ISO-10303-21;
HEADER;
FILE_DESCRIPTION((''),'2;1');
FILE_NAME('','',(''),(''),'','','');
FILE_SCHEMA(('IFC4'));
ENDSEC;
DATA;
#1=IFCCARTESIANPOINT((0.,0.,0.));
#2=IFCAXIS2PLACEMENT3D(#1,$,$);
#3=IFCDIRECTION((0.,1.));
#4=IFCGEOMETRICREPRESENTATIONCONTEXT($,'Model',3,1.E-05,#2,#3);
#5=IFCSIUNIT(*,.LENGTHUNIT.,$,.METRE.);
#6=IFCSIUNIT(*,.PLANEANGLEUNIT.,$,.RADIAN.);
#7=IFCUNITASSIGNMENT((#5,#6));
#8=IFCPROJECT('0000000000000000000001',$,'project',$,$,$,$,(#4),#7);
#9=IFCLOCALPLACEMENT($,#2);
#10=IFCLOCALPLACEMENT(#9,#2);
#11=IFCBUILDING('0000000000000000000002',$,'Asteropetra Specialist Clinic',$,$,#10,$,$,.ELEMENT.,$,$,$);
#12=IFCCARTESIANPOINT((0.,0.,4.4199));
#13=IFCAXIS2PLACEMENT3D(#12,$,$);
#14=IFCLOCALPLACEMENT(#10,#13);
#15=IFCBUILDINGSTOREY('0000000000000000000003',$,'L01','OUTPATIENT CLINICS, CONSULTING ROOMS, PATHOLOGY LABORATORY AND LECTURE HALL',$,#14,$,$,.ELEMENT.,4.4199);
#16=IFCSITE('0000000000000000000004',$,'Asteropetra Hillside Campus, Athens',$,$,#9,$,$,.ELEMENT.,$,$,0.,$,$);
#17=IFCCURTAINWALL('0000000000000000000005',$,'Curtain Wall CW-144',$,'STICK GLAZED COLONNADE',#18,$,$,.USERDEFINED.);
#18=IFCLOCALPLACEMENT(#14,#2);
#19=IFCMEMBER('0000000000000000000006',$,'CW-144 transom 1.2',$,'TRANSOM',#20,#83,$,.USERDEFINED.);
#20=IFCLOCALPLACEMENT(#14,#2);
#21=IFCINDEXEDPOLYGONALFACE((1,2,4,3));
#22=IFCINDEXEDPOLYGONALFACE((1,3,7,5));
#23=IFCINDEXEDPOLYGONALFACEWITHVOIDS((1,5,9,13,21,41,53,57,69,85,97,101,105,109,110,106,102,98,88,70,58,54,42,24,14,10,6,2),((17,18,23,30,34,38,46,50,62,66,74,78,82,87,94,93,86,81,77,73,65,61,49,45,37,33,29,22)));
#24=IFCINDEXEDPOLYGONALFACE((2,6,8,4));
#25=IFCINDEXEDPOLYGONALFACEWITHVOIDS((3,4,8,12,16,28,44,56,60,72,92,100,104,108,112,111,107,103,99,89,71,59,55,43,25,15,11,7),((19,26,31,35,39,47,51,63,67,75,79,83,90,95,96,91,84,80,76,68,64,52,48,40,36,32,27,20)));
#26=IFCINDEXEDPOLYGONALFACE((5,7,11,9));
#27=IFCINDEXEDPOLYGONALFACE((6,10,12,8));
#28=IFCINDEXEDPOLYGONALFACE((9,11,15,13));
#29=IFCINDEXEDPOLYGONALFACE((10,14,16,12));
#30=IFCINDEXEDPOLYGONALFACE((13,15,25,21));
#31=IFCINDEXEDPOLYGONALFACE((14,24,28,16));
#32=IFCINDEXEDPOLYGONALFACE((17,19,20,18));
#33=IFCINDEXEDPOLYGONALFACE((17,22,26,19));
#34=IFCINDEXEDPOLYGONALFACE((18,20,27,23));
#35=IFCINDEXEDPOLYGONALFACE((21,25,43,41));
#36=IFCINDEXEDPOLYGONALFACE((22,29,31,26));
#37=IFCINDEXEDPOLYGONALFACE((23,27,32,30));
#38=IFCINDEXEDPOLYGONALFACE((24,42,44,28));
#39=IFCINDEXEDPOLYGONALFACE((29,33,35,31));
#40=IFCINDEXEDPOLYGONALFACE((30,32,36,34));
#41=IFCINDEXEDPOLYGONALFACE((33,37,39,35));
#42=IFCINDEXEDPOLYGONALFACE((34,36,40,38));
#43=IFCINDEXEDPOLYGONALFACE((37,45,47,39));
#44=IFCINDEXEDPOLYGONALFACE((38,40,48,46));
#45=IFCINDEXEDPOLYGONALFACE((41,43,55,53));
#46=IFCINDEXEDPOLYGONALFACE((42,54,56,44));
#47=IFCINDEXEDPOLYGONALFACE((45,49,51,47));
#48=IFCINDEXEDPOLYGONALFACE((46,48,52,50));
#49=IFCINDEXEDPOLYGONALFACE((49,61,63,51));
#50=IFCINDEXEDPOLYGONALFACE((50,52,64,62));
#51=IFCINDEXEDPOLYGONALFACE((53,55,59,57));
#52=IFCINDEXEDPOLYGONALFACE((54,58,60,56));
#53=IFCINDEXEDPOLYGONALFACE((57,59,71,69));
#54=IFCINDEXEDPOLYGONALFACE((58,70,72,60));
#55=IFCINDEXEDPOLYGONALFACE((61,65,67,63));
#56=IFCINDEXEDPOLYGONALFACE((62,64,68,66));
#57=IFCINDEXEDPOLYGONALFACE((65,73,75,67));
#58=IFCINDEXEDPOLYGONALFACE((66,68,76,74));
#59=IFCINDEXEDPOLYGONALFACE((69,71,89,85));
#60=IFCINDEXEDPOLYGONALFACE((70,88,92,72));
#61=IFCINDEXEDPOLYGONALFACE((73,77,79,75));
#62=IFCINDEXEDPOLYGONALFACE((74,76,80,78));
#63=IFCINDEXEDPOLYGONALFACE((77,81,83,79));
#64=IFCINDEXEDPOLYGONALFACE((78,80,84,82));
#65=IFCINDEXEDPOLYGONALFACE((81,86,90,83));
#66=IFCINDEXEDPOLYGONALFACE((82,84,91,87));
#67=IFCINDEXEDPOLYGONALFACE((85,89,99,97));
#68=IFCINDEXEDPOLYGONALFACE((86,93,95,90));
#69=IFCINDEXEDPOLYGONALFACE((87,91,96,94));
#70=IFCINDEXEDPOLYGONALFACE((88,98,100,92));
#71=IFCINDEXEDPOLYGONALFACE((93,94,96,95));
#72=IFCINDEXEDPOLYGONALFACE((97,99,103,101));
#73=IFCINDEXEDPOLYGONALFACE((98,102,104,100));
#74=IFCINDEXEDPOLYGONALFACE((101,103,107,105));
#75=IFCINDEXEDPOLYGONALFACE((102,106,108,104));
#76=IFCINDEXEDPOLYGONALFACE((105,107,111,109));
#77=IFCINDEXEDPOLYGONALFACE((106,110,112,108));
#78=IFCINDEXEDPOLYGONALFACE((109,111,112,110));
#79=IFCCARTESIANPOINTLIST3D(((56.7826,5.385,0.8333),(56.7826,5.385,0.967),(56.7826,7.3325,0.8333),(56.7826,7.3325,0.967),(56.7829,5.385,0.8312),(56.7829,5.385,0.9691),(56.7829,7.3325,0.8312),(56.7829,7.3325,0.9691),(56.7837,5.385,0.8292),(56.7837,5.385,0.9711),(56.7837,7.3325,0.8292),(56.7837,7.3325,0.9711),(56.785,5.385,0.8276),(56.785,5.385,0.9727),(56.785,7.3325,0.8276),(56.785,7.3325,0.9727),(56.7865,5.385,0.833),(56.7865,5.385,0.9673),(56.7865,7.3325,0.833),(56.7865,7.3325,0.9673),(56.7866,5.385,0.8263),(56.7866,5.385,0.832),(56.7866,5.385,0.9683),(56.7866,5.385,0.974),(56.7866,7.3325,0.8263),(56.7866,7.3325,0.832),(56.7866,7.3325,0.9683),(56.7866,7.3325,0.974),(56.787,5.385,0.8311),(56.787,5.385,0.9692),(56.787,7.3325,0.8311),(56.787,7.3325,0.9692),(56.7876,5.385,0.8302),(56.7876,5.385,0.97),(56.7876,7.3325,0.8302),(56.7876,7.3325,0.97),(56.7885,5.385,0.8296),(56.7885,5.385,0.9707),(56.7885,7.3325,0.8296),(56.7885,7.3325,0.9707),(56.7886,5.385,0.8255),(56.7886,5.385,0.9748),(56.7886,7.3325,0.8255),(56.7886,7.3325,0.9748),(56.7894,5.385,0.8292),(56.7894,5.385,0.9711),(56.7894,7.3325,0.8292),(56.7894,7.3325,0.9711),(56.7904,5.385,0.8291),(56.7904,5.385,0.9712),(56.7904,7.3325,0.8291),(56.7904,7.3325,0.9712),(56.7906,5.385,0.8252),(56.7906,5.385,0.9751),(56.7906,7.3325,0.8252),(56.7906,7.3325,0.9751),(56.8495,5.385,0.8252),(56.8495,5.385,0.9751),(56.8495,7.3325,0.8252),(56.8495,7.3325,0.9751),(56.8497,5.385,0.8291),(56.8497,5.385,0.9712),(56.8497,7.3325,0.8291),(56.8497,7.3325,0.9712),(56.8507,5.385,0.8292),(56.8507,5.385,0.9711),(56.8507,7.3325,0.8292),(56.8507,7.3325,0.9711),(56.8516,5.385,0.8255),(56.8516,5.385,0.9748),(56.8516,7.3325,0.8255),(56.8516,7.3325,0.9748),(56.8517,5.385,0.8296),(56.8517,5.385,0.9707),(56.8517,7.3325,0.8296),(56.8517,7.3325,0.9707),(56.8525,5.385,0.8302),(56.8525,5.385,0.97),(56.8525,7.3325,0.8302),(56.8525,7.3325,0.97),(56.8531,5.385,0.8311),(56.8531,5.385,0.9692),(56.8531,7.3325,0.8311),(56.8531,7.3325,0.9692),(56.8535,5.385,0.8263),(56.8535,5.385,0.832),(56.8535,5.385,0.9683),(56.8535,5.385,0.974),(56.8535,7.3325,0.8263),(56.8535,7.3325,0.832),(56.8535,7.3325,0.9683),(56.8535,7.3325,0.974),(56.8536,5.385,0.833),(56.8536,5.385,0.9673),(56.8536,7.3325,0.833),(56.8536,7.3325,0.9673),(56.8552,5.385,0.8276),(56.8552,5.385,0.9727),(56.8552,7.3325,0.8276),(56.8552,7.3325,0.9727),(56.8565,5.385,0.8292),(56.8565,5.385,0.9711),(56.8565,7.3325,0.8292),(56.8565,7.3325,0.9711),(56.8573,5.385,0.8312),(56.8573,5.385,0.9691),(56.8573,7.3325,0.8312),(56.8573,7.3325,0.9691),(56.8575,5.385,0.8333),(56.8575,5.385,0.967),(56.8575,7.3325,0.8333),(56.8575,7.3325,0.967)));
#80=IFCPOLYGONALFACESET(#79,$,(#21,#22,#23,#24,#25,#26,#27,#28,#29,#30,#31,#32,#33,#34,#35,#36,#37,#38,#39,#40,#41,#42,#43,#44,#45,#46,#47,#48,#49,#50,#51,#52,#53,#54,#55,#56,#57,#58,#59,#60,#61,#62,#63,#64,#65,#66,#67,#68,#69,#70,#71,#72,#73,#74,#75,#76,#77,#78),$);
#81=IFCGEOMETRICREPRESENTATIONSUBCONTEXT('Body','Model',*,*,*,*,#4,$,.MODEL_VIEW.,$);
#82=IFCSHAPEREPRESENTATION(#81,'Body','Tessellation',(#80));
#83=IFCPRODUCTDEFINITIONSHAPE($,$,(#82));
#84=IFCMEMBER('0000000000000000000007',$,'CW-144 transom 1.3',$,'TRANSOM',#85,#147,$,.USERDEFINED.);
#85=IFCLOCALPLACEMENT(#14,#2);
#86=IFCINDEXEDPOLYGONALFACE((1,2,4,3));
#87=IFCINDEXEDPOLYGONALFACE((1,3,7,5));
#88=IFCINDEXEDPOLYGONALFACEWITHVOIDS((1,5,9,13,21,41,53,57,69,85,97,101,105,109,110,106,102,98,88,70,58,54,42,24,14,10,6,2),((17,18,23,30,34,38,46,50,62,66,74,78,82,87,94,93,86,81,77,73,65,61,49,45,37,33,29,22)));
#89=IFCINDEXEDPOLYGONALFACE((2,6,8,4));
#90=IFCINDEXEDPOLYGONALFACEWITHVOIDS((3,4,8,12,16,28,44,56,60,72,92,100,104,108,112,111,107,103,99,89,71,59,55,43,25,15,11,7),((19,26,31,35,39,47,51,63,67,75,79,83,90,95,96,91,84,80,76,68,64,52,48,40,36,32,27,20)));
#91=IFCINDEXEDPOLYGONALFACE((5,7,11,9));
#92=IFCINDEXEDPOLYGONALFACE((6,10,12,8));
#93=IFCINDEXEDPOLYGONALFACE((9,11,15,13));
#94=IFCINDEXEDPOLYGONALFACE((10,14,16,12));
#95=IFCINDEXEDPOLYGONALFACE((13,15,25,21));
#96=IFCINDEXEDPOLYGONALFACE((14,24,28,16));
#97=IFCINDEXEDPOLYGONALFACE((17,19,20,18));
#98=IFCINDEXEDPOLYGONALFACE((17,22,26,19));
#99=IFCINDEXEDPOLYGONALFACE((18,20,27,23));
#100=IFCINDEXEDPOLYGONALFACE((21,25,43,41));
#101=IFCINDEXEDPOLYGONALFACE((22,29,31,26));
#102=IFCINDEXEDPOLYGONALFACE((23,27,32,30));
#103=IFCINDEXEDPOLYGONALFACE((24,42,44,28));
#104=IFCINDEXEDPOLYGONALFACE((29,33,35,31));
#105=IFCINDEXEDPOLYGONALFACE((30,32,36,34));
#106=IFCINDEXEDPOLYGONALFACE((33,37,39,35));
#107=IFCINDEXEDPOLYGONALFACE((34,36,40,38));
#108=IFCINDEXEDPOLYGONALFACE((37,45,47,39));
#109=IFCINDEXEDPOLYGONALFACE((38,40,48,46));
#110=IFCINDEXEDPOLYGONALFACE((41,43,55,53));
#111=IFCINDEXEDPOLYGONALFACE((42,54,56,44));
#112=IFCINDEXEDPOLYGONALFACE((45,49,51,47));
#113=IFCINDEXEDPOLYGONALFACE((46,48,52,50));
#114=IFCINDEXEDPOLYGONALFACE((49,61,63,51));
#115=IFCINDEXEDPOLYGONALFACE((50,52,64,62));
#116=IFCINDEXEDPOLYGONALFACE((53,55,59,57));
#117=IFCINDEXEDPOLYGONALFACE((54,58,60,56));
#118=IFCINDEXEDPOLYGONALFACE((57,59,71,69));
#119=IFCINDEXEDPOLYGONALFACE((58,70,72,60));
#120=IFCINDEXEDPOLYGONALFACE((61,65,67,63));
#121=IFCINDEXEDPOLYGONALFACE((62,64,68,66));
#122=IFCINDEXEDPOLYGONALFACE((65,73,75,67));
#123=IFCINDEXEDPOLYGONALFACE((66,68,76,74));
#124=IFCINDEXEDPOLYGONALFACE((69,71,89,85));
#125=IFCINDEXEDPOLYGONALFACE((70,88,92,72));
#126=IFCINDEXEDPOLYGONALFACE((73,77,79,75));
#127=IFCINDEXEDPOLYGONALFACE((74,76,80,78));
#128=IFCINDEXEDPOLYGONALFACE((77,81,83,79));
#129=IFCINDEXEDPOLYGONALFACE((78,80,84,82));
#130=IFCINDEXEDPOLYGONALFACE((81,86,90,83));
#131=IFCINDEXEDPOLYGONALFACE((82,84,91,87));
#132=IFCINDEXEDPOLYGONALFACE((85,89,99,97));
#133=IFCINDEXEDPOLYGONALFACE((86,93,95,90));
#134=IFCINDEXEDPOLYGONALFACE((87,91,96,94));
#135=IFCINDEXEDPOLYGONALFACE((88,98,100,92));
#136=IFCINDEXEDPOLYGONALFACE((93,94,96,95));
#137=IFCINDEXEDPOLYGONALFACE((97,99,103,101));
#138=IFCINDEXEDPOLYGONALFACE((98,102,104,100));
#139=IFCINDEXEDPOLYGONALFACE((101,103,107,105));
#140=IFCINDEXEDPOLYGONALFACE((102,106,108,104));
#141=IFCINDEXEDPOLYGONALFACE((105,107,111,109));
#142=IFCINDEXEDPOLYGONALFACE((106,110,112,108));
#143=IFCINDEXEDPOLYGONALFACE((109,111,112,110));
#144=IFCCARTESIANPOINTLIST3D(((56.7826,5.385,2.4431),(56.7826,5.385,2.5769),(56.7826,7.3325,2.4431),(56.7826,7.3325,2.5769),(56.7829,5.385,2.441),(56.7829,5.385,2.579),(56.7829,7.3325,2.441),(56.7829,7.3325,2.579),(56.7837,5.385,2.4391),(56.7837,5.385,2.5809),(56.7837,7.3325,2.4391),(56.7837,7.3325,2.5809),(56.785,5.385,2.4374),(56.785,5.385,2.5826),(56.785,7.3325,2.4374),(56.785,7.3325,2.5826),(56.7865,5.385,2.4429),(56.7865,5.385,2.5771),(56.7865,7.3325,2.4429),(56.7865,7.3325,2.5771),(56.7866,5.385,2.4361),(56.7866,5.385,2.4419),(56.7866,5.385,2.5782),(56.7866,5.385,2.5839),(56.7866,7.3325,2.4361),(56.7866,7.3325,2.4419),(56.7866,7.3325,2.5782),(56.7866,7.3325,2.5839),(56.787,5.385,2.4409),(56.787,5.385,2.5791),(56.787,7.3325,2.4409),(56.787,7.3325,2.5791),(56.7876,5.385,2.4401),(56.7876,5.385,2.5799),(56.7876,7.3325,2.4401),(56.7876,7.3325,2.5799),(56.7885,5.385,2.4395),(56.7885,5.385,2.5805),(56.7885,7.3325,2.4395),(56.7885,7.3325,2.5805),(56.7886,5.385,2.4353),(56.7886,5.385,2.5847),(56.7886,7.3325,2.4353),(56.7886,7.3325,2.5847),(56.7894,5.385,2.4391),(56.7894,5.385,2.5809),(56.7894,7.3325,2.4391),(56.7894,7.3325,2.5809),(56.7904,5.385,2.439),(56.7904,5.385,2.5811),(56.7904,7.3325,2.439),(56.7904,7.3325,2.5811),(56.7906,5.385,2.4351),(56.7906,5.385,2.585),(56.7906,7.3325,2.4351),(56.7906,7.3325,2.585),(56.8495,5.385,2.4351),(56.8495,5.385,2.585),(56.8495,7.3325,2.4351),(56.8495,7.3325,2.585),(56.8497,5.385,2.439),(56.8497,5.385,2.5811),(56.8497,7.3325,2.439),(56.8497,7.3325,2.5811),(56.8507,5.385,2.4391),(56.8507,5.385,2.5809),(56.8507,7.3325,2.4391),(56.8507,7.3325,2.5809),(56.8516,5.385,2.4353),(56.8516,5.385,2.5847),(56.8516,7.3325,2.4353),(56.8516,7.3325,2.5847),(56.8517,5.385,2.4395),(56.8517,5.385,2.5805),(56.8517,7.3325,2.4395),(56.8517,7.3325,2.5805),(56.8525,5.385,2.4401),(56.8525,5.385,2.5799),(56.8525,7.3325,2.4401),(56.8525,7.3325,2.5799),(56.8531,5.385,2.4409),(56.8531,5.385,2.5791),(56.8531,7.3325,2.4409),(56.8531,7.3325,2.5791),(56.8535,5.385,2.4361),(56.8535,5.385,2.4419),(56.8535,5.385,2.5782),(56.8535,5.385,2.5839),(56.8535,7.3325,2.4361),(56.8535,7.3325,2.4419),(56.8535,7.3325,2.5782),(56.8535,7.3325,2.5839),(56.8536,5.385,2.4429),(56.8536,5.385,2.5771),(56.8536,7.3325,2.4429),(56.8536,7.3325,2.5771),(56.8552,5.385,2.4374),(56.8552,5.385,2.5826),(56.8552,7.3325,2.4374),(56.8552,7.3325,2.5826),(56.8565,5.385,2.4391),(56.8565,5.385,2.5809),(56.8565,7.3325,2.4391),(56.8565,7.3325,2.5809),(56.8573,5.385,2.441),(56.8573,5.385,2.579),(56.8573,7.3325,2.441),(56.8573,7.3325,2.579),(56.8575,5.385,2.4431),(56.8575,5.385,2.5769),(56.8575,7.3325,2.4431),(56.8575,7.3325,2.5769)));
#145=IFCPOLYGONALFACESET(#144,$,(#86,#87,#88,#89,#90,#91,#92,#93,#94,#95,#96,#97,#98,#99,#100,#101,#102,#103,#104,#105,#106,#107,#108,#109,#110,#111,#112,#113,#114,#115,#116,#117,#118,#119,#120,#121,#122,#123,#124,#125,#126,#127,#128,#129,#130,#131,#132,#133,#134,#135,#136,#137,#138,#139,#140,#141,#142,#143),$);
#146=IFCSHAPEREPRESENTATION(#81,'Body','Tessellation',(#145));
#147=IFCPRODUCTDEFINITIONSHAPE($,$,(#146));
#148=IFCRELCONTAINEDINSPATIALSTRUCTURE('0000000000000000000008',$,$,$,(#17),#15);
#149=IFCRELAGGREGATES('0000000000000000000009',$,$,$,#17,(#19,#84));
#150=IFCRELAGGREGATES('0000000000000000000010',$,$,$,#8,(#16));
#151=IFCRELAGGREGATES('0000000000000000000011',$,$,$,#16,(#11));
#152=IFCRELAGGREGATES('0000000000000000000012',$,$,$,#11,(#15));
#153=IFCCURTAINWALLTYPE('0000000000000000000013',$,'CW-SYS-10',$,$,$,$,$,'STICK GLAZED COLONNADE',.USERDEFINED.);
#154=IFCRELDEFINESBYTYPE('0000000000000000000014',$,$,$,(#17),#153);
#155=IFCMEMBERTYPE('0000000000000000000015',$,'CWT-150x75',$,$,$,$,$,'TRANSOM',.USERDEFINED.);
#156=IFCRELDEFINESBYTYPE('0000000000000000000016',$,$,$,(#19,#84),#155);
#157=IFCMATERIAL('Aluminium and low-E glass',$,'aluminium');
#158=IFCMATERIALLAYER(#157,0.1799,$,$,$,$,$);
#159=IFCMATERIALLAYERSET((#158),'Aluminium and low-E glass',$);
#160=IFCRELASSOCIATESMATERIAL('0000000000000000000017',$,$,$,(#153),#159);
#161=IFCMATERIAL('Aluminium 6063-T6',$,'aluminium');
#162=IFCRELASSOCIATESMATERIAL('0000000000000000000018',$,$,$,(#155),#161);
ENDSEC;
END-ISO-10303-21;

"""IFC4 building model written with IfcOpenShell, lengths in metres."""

from ifc_helpers import new_model, si_unit, direction, frame, origin, origin_2d, place, context, subcontext, project, spatial, hollow_rectangle, extrude, material, layer, layer_set, material_profile, profile_set, type_object, element, aggregate, save


model = new_model("IFC4")

# Units and contexts
model_context = context("Model", 3, precision=1e-05, world=origin(), true_north=direction((0.0, 1.0)))
body_context = subcontext(model_context, "Body", "Model", "MODEL_VIEW")
ifc_project = project(units=[si_unit("LENGTHUNIT", "METRE"), si_unit("PLANEANGLEUNIT", "RADIAN")], contexts=[model_context])

# Site, building, storey
site_placement = place(None, origin())
site = spatial("IfcSite", under=ifc_project, at=site_placement, Name="Asteropetra Hillside Campus, Athens", CompositionType="ELEMENT", RefElevation=0.0)
building_placement = place(site_placement, origin())
building = spatial("IfcBuilding", under=site, at=building_placement, Name="Asteropetra Specialist Clinic", CompositionType="ELEMENT")
storey_placement = place(building_placement, frame((0.0, 0.0, 4.4199)))
storey = spatial("IfcBuildingStorey", under=building, at=storey_placement, Name="L01", Description="OUTPATIENT CLINICS, CONSULTING ROOMS, PATHOLOGY LABORATORY AND LECTURE HALL", CompositionType="ELEMENT", Elevation=4.4199)

# Shared definitions
ifc_material_1 = material(Name="Aluminium and low-E glass", Category="aluminium")
ifc_layer_1 = layer(ifc_material_1, 0.1799)
ifc_layer_set_1 = layer_set([ifc_layer_1], Name="Aluminium and low-E glass")
curtain_wall_type = type_object("IfcCurtainWallType", Name="CW-SYS-10", ElementType="STICK GLAZED COLONNADE", PredefinedType="USERDEFINED", material=ifc_layer_set_1)

# Curtain wall
curtain_wall_1_placement = place(storey_placement, origin())
curtain_wall_1 = element("IfcCurtainWall", 1, at=curtain_wall_1_placement, inside=storey, type_object=curtain_wall_type, Name="Curtain Wall CW-144", ObjectType="STICK GLAZED COLONNADE", PredefinedType="USERDEFINED")

# Members
ifc_material_2 = material(Name="Aluminium 6063-T6", Category="aluminium")
ifc_material_profile_1 = material_profile(ifc_material_2, hollow_rectangle(XDim=0.075, YDim=0.1499, WallThickness=0.0039, InnerFilletRadius=0.0039, OuterFilletRadius=0.0081, at=origin_2d()), Name="TRN 150x75x4.0")
ifc_profile_set_1 = profile_set([ifc_material_profile_1], Name="Aluminium 6063-T6")
member_type_1 = type_object("IfcMemberType", Name="CWT-150x75", ElementType="TRANSOM", PredefinedType="USERDEFINED", material=ifc_profile_set_1)
member_1_placement = place(storey_placement, frame((56.8201, 5.385, 0.9001), z_axis=(0.0, 1.0, 0.0), x_axis=(-1.0, 0.0, 0.0)))
member_1 = element("IfcMember", 2, at=member_1_placement, type_object=member_type_1, Name="CW-144 transom 1.2", ObjectType="TRANSOM", PredefinedType="USERDEFINED", context=body_context, shape_type="SweptSolid", body=[
    extrude(hollow_rectangle(XDim=0.075, YDim=0.1499, WallThickness=0.0039, InnerFilletRadius=0.0039, OuterFilletRadius=0.0081, at=origin_2d()), origin(), (0.0, 0.0, 1.0), 1.9475),
])
member_2_placement = place(storey_placement, frame((56.8201, 5.385, 2.51), z_axis=(0.0, 1.0, 0.0), x_axis=(-1.0, 0.0, 0.0)))
member_2 = element("IfcMember", 3, at=member_2_placement, type_object=member_type_1, Name="CW-144 transom 1.3", ObjectType="TRANSOM", PredefinedType="USERDEFINED", context=body_context, shape_type="SweptSolid", body=[
    extrude(hollow_rectangle(XDim=0.075, YDim=0.1499, WallThickness=0.0039, InnerFilletRadius=0.0039, OuterFilletRadius=0.0081, at=origin_2d()), origin(), (0.0, 0.0, 1.0), 1.9475),
])

aggregate(curtain_wall_1, [member_1, member_2])

save(model, "model.ifc")
